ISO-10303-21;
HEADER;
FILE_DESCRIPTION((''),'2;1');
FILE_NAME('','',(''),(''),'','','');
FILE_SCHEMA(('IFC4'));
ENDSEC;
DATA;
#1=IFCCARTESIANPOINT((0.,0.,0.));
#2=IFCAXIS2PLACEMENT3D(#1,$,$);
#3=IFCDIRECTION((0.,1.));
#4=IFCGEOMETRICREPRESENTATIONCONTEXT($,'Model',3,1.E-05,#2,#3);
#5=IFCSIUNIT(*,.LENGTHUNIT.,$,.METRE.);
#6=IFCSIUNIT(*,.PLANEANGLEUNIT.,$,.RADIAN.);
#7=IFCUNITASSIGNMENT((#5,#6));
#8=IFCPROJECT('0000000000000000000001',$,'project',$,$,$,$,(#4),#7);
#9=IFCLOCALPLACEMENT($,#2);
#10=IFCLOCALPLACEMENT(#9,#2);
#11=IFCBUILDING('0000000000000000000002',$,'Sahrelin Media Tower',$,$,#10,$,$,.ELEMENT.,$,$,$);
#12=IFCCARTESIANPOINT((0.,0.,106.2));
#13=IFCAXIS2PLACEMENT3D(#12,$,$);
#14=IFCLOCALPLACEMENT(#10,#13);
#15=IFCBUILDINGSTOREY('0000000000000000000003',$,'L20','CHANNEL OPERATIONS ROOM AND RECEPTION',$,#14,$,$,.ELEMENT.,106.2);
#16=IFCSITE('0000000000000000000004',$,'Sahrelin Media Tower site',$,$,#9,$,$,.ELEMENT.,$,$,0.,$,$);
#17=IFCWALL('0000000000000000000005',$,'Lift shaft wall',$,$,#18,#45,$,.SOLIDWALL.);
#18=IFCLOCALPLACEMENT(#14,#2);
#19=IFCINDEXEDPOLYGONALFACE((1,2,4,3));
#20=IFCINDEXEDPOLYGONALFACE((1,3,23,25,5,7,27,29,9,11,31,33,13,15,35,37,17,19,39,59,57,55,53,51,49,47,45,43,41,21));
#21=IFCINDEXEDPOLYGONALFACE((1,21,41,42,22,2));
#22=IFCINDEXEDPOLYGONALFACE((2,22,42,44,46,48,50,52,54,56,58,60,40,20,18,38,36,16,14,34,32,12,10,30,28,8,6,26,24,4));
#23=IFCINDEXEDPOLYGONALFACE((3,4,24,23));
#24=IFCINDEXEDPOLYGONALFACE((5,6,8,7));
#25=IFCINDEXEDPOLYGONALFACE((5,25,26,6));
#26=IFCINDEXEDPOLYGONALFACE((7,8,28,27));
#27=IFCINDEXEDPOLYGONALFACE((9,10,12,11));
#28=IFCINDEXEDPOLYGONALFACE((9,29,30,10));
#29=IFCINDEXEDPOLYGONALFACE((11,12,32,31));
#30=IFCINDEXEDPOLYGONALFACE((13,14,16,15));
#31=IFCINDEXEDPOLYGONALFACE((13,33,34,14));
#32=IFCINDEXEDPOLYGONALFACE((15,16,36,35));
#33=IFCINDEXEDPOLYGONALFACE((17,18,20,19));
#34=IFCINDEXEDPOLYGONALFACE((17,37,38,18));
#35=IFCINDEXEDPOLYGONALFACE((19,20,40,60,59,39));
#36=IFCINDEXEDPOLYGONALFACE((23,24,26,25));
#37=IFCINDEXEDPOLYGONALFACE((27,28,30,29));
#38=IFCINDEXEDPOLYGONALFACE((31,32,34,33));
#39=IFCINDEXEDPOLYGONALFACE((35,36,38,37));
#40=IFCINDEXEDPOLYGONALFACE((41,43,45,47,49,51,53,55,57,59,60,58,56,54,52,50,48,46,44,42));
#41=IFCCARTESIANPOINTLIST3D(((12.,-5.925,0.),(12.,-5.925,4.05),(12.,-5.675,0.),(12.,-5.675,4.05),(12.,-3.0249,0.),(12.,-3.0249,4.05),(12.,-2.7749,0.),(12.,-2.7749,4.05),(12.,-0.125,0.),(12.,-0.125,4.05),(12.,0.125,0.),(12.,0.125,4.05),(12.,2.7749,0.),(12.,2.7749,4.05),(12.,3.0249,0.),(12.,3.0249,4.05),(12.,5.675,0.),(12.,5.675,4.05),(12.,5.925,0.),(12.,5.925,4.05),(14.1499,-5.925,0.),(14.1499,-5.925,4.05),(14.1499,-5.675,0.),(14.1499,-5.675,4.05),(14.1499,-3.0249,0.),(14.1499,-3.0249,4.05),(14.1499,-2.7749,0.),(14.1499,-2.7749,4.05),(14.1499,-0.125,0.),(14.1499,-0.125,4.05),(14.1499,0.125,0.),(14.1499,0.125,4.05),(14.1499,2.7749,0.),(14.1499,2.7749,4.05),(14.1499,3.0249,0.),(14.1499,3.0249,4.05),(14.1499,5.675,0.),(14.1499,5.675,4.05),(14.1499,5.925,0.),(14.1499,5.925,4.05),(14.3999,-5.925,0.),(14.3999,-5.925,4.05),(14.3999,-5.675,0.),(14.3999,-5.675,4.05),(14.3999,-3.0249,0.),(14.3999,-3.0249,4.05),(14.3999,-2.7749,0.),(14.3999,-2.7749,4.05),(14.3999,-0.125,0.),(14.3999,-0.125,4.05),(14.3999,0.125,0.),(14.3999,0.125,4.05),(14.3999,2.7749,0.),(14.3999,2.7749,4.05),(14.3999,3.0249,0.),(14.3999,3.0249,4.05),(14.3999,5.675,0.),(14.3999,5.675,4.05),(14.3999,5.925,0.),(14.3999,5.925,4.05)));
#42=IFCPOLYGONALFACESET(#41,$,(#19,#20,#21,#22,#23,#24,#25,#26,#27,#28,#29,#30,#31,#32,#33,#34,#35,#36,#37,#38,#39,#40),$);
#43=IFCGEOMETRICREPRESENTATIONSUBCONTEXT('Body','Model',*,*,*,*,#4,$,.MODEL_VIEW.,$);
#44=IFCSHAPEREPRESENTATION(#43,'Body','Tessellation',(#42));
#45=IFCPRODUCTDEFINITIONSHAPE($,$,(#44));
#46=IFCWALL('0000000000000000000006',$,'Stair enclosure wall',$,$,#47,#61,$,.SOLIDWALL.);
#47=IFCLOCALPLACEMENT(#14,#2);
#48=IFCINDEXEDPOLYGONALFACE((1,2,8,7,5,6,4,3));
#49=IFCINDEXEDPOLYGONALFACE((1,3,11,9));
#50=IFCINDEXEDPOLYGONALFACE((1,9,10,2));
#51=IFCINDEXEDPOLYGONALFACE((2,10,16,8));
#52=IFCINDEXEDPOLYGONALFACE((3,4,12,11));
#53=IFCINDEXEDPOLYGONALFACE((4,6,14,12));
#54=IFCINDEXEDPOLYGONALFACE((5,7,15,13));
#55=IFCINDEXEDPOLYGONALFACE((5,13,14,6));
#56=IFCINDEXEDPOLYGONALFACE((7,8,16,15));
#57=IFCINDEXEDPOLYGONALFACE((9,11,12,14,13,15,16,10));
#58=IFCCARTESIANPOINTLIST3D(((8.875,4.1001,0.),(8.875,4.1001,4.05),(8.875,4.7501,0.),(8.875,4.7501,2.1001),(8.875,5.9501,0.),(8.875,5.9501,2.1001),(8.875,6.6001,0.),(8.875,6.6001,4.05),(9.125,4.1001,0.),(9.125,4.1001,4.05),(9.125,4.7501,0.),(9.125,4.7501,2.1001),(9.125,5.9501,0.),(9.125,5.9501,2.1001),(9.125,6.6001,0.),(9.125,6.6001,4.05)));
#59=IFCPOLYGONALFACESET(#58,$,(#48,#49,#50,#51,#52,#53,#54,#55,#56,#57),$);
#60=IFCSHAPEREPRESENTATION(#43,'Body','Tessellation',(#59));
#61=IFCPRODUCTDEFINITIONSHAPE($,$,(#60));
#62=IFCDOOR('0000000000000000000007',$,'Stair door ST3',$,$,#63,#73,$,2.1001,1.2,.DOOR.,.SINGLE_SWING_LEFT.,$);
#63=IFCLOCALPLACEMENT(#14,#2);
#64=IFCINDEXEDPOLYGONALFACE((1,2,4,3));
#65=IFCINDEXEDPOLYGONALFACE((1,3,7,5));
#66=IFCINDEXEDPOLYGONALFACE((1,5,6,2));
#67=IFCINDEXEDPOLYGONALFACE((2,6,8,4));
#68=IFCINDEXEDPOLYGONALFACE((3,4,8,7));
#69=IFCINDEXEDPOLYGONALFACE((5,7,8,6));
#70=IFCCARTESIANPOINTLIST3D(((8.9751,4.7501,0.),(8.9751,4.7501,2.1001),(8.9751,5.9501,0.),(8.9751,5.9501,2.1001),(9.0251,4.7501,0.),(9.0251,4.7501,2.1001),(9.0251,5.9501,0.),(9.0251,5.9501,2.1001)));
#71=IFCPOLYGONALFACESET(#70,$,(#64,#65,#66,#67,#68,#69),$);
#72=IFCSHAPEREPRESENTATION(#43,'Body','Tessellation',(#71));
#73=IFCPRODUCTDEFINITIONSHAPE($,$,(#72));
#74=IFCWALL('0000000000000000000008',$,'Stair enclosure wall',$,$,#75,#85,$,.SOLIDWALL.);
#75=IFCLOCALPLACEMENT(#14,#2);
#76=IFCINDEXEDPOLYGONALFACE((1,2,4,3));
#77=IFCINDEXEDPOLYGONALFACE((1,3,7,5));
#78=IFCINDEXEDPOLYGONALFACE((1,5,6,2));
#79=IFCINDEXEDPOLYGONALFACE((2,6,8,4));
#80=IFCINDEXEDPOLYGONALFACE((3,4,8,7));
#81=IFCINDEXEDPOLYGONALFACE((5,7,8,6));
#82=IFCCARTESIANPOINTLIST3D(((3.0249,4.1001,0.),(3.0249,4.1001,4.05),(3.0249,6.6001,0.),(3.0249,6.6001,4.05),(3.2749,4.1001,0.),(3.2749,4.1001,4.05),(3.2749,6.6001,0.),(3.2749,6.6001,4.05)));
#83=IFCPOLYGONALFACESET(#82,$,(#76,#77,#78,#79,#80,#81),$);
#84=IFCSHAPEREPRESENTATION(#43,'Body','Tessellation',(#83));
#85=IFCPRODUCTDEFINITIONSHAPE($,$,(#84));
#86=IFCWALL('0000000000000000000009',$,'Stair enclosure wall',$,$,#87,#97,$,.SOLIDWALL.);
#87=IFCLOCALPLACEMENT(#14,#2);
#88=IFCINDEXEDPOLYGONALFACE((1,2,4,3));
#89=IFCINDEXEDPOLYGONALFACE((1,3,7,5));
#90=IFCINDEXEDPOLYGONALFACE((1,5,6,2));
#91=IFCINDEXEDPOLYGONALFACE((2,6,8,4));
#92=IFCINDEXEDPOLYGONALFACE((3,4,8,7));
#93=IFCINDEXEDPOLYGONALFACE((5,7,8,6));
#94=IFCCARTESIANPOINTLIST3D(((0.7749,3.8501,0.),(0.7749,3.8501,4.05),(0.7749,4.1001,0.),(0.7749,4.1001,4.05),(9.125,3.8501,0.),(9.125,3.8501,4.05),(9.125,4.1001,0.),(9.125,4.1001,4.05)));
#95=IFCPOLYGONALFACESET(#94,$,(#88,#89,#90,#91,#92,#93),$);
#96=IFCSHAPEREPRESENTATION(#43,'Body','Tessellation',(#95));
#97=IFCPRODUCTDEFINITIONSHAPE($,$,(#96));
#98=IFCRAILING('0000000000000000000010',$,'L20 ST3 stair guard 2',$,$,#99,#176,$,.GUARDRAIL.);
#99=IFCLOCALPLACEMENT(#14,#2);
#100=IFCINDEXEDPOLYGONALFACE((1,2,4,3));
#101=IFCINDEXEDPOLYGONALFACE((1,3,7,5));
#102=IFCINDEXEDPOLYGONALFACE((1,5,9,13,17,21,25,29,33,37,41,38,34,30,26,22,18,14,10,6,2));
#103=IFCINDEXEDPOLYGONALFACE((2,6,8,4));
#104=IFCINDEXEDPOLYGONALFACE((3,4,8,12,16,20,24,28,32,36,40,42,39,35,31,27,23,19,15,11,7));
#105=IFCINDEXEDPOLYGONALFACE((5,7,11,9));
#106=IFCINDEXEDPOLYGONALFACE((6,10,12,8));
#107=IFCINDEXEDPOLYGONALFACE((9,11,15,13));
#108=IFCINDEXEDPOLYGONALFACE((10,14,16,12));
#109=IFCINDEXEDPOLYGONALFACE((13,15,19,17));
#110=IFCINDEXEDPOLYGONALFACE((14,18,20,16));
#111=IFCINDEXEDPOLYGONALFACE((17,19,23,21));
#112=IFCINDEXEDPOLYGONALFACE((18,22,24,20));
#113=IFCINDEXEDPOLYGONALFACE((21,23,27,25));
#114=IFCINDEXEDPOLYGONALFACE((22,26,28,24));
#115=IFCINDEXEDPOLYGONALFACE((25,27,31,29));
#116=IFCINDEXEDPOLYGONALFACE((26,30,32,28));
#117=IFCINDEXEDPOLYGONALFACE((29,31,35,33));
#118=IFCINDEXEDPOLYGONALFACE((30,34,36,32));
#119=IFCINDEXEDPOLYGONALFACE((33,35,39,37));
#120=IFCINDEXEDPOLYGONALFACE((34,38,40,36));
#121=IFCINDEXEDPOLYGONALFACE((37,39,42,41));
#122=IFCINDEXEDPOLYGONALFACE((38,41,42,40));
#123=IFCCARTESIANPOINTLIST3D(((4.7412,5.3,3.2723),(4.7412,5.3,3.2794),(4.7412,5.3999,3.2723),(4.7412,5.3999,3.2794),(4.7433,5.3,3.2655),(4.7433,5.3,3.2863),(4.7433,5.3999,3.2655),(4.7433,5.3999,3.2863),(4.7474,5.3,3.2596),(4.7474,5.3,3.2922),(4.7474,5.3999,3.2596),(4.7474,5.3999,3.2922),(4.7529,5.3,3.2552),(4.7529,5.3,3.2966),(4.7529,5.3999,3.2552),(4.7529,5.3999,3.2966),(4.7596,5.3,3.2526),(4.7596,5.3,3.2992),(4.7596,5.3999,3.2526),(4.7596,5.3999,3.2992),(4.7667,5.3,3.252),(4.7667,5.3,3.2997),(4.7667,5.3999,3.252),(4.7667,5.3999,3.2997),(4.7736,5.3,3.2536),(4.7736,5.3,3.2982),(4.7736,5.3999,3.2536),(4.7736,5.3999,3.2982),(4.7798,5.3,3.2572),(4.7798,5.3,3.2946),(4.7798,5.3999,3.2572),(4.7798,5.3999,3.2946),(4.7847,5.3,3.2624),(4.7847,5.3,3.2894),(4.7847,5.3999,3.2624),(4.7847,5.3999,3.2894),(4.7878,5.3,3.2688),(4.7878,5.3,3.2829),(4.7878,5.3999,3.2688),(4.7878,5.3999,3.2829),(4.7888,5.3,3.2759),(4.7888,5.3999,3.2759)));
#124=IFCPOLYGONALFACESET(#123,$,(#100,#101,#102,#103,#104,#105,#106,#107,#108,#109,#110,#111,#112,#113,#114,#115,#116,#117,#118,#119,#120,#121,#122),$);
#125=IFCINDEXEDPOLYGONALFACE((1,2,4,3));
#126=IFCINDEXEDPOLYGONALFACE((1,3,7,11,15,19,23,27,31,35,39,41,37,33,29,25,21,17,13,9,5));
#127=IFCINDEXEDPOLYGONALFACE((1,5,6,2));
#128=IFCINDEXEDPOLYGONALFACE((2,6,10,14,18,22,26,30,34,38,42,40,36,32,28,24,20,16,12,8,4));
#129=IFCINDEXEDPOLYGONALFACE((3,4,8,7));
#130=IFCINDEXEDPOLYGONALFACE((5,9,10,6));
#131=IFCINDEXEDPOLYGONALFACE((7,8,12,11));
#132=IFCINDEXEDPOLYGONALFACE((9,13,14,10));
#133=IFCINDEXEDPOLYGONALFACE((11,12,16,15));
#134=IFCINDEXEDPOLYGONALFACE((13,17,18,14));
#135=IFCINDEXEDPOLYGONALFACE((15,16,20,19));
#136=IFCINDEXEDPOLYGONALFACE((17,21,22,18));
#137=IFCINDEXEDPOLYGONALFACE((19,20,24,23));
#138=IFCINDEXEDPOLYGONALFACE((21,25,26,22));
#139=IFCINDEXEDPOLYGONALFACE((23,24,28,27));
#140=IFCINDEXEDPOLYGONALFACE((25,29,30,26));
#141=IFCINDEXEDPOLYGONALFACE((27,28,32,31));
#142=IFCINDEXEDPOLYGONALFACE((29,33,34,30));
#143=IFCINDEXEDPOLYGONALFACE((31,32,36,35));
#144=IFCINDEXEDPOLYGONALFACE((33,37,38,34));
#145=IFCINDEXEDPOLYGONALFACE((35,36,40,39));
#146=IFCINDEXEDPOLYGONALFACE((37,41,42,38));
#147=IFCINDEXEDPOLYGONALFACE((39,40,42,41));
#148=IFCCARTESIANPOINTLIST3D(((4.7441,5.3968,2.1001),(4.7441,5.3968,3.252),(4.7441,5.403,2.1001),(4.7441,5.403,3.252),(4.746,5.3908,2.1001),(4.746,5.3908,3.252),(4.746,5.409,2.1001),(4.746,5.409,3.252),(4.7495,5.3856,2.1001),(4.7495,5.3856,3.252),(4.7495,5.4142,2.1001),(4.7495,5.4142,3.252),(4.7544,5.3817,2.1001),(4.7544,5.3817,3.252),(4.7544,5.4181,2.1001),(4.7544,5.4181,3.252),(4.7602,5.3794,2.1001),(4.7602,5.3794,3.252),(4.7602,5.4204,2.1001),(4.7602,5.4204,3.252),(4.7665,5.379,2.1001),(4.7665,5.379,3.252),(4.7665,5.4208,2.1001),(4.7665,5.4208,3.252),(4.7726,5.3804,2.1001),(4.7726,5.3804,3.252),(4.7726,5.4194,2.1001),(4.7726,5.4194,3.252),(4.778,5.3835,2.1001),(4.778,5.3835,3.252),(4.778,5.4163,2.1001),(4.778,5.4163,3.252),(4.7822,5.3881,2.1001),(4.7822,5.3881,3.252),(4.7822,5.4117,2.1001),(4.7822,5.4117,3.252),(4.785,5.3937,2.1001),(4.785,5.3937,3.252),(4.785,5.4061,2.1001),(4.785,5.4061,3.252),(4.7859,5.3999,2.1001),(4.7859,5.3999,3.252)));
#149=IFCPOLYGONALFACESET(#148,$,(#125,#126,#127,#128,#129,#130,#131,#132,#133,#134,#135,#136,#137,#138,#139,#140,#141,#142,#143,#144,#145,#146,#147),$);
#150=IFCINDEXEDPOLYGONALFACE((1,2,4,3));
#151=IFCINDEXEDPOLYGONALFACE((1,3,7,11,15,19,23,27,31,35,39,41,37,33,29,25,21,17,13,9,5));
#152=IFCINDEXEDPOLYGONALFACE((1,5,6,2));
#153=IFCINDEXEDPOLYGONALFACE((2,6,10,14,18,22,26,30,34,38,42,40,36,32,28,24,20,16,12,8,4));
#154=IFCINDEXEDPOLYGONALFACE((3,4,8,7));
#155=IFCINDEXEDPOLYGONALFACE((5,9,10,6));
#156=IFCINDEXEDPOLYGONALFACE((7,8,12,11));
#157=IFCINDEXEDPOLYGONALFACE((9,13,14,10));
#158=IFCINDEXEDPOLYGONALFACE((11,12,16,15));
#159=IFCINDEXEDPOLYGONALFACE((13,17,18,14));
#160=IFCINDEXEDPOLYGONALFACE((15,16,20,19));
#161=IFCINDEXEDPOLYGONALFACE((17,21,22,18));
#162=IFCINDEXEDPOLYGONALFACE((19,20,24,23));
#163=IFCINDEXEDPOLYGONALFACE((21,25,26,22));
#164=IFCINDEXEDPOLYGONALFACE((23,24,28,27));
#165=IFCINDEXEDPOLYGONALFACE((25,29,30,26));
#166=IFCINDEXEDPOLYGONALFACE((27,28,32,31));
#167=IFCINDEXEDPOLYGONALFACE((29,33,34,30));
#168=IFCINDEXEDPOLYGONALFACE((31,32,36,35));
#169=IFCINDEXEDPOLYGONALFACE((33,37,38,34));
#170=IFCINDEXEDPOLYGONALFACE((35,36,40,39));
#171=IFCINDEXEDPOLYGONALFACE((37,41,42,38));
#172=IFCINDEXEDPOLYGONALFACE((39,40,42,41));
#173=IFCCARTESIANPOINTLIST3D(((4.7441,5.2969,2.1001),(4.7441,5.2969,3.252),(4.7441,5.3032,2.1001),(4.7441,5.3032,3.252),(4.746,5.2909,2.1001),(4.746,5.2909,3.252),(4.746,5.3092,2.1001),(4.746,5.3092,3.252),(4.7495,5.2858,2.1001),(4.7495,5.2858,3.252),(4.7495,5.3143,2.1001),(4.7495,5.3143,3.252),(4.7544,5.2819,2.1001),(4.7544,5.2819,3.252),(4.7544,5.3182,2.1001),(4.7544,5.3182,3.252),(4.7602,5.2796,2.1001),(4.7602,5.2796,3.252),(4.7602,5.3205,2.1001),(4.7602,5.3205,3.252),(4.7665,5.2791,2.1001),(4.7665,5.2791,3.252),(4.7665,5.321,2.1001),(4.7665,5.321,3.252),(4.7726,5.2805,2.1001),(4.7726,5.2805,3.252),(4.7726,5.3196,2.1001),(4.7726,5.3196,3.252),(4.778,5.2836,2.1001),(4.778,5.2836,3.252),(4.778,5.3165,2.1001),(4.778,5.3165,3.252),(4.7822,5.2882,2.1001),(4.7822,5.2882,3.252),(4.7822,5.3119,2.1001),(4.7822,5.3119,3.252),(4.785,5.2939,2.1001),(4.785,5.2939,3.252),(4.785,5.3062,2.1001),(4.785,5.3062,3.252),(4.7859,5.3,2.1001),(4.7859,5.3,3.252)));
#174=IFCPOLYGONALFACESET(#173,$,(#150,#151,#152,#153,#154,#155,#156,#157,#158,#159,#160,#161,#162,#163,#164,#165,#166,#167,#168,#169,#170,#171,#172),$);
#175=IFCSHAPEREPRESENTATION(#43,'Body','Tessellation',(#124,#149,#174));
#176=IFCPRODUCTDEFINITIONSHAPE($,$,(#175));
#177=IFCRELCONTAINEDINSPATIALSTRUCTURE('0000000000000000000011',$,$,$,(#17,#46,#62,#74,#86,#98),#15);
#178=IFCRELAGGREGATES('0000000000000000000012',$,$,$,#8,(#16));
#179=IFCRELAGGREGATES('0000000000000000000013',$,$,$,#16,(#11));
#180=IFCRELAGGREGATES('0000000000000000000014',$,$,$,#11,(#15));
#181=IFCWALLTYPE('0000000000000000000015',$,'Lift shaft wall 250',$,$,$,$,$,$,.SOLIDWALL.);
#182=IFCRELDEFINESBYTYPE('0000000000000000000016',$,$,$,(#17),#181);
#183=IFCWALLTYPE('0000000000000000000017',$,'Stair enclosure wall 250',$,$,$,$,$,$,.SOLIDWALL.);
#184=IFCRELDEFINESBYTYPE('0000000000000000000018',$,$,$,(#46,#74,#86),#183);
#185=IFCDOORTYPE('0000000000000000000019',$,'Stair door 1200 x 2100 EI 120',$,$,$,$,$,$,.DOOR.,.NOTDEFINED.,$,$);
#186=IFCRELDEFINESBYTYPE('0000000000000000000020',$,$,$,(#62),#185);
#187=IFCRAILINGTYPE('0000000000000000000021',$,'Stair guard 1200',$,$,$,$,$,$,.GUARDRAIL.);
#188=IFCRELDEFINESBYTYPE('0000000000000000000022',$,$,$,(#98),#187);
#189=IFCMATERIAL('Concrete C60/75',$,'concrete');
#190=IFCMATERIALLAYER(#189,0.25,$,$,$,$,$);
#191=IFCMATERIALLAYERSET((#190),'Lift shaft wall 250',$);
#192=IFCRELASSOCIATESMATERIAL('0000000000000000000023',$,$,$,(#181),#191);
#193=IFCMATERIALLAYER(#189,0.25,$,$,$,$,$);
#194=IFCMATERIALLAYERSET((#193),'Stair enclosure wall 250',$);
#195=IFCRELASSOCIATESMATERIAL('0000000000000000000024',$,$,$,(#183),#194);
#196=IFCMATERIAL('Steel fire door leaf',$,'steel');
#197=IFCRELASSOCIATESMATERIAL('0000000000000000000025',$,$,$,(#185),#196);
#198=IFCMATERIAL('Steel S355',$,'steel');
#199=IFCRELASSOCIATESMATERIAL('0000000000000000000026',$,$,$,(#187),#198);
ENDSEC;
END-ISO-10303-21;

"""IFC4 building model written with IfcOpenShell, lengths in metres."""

from ifc_helpers import new_model, si_unit, direction, frame, frame_2d, origin, origin_2d, place, context, subcontext, project, spatial, polyline, rectangle, circle, outline, extrude, material, layer, layer_set, type_object, element, fill, save


model = new_model("IFC4")

# Units and contexts
model_context = context("Model", 3, precision=1e-05, world=origin(), true_north=direction((0.0, 1.0)))
body_context = subcontext(model_context, "Body", "Model", "MODEL_VIEW")
ifc_project = project(units=[si_unit("LENGTHUNIT", "METRE"), si_unit("PLANEANGLEUNIT", "RADIAN")], contexts=[model_context])

# Site, building, storey
site_placement = place(None, origin())
site = spatial("IfcSite", under=ifc_project, at=site_placement, Name="Sahrelin Media Tower site", CompositionType="ELEMENT", RefElevation=0.0)
building_placement = place(site_placement, origin())
building = spatial("IfcBuilding", under=site, at=building_placement, Name="Sahrelin Media Tower", CompositionType="ELEMENT")
storey_placement = place(building_placement, frame((0.0, 0.0, 106.2)))
storey = spatial("IfcBuildingStorey", under=building, at=storey_placement, Name="L20", Description="CHANNEL OPERATIONS ROOM AND RECEPTION", CompositionType="ELEMENT", Elevation=106.2)

# Shared definitions
ifc_material_1 = material(Name="Steel S355", Category="steel")

# Shared definitions
placement = place(storey_placement, origin())

# Shared definitions
ifc_material_2 = material(Name="Steel fire door leaf", Category="steel")

# Wall
ifc_material_3 = material(Name="Concrete C60/75", Category="concrete")
ifc_layer_1 = layer(ifc_material_3, 0.25)
ifc_layer_set_1 = layer_set([ifc_layer_1], Name="Lift shaft wall 250")
wall_type_1 = type_object("IfcWallType", Name="Lift shaft wall 250", PredefinedType="SOLIDWALL", material=ifc_layer_set_1)
element("IfcWall", 1, at=placement, inside=storey, type_object=wall_type_1, Name="Lift shaft wall", PredefinedType="SOLIDWALL", context=body_context, shape_type="SweptSolid", body=[
    extrude(outline(polyline([(12.0, -5.675), (12.0, -5.925), (14.1499, -5.925), (14.3999, -5.925), (14.3999, -5.675), (14.3999, -3.0249), (14.3999, -2.7749), (14.3999, -0.125), (14.3999, 0.125), (14.3999, 2.7749), (14.3999, 3.0249), (14.3999, 5.675), (14.3999, 5.925), (14.1499, 5.925), (12.0, 5.925), (12.0, 5.675), (14.1499, 5.675), (14.1499, 3.0249), (12.0, 3.0249), (12.0, 2.7749), (14.1499, 2.7749), (14.1499, 0.125), (12.0, 0.125), (12.0, -0.125), (14.1499, -0.125), (14.1499, -2.7749), (12.0, -2.7749), (12.0, -3.0249), (14.1499, -3.0249), (14.1499, -5.675), (12.0, -5.675)])), origin(), (0.0, 0.0, 1.0), 4.05),
])

# Wall, opening, door
ifc_layer_2 = layer(ifc_material_3, 0.25)
ifc_layer_set_2 = layer_set([ifc_layer_2], Name="Stair enclosure wall 250")
wall_type_2 = type_object("IfcWallType", Name="Stair enclosure wall 250", PredefinedType="SOLIDWALL", material=ifc_layer_set_2)
wall_1_placement = place(storey_placement, frame((9.0, 4.1001, 0.0), z_axis=(0.0, 0.0, 1.0), x_axis=(0.0, 1.0, 0.0)))
wall_1 = element("IfcWall", 2, at=wall_1_placement, inside=storey, type_object=wall_type_2, Name="Stair enclosure wall", PredefinedType="SOLIDWALL", context=body_context, shape_type="SweptSolid", body=[
    extrude(rectangle(XDim=2.5, YDim=0.25, at=frame_2d((1.25, 0.0))), origin(), (0.0, 0.0, 1.0), 4.05),
])
opening_1_placement = place(wall_1_placement, frame((0.6499, 0.0, 0.0)))
opening_1 = element("IfcOpeningElement", 3, at=opening_1_placement, cuts=wall_1, PredefinedType="OPENING", context=body_context, shape_type="SweptSolid", body=[
    extrude(rectangle(XDim=1.2, YDim=2.1001, at=frame_2d((0.6001, 1.05))), frame((0.0, 0.125, 0.0), z_axis=(0.0, -1.0, 0.0), x_axis=(1.0, 0.0, 0.0)), (0.0, 0.0, 1.0), 0.25),
])
door_type_1 = type_object("IfcDoorType", Name="Stair door 1200 x 2100 EI 120", OperationType="NOTDEFINED", PredefinedType="DOOR", material=ifc_material_2)
door_1_placement = place(opening_1_placement, origin())
door_1 = element("IfcDoor", 4, at=door_1_placement, inside=storey, type_object=door_type_1, Name="Stair door ST3", OperationType="SINGLE_SWING_LEFT", OverallHeight=2.1001, OverallWidth=1.2, PredefinedType="DOOR", context=body_context, shape_type="SweptSolid", body=[
    extrude(rectangle(XDim=1.2, YDim=2.1001, at=frame_2d((0.6001, 1.05))), frame((0.0, 0.0249, 0.0), z_axis=(0.0, -1.0, 0.0), x_axis=(1.0, 0.0, 0.0)), (0.0, 0.0, 1.0), 0.05),
])
fill(opening_1, door_1)

# Walls
wall_2_placement = place(storey_placement, frame((3.1499, 4.1001, 0.0), z_axis=(0.0, 0.0, 1.0), x_axis=(0.0, 1.0, 0.0)))
element("IfcWall", 5, at=wall_2_placement, inside=storey, type_object=wall_type_2, Name="Stair enclosure wall", PredefinedType="SOLIDWALL", context=body_context, shape_type="SweptSolid", body=[
    extrude(rectangle(XDim=2.5, YDim=0.25, at=frame_2d((1.25, 0.0))), origin(), (0.0, 0.0, 1.0), 4.05),
])
wall_3_placement = place(storey_placement, frame((0.7749, 3.9751, 0.0), z_axis=(0.0, 0.0, 1.0), x_axis=(1.0, 0.0, 0.0)))
element("IfcWall", 6, at=wall_3_placement, inside=storey, type_object=wall_type_2, Name="Stair enclosure wall", PredefinedType="SOLIDWALL", context=body_context, shape_type="SweptSolid", body=[
    extrude(rectangle(XDim=8.3501, YDim=0.25, at=frame_2d((4.175, 0.0))), origin(), (0.0, 0.0, 1.0), 4.05),
])

# Railing
railing_type_1 = type_object("IfcRailingType", Name="Stair guard 1200", PredefinedType="GUARDRAIL", material=ifc_material_1)
railing_1_placement = place(storey_placement, frame((4.7649, 5.3999, 2.1001)))
element("IfcRailing", 7, at=railing_1_placement, inside=storey, type_object=railing_type_1, Name="L20 ST3 stair guard 2", PredefinedType="GUARDRAIL", context=body_context, shape_type="SweptSolid", body=[
    extrude(circle(Radius=0.0239, at=origin_2d()), frame((0.0, 0.0, 1.1758), z_axis=(0.0, -1.0, 0.0), x_axis=(1.0, 0.0, 0.0)), (0.0, 0.0, 1.0), 0.0999),
    extrude(circle(Radius=0.021, at=origin_2d()), origin(), (0.0, 0.0, 1.0), 1.1519),
    extrude(circle(Radius=0.021, at=origin_2d()), frame((0.0, -0.0999, 0.0)), (0.0, 0.0, 1.0), 1.1519),
])

save(model, "model.ifc")
